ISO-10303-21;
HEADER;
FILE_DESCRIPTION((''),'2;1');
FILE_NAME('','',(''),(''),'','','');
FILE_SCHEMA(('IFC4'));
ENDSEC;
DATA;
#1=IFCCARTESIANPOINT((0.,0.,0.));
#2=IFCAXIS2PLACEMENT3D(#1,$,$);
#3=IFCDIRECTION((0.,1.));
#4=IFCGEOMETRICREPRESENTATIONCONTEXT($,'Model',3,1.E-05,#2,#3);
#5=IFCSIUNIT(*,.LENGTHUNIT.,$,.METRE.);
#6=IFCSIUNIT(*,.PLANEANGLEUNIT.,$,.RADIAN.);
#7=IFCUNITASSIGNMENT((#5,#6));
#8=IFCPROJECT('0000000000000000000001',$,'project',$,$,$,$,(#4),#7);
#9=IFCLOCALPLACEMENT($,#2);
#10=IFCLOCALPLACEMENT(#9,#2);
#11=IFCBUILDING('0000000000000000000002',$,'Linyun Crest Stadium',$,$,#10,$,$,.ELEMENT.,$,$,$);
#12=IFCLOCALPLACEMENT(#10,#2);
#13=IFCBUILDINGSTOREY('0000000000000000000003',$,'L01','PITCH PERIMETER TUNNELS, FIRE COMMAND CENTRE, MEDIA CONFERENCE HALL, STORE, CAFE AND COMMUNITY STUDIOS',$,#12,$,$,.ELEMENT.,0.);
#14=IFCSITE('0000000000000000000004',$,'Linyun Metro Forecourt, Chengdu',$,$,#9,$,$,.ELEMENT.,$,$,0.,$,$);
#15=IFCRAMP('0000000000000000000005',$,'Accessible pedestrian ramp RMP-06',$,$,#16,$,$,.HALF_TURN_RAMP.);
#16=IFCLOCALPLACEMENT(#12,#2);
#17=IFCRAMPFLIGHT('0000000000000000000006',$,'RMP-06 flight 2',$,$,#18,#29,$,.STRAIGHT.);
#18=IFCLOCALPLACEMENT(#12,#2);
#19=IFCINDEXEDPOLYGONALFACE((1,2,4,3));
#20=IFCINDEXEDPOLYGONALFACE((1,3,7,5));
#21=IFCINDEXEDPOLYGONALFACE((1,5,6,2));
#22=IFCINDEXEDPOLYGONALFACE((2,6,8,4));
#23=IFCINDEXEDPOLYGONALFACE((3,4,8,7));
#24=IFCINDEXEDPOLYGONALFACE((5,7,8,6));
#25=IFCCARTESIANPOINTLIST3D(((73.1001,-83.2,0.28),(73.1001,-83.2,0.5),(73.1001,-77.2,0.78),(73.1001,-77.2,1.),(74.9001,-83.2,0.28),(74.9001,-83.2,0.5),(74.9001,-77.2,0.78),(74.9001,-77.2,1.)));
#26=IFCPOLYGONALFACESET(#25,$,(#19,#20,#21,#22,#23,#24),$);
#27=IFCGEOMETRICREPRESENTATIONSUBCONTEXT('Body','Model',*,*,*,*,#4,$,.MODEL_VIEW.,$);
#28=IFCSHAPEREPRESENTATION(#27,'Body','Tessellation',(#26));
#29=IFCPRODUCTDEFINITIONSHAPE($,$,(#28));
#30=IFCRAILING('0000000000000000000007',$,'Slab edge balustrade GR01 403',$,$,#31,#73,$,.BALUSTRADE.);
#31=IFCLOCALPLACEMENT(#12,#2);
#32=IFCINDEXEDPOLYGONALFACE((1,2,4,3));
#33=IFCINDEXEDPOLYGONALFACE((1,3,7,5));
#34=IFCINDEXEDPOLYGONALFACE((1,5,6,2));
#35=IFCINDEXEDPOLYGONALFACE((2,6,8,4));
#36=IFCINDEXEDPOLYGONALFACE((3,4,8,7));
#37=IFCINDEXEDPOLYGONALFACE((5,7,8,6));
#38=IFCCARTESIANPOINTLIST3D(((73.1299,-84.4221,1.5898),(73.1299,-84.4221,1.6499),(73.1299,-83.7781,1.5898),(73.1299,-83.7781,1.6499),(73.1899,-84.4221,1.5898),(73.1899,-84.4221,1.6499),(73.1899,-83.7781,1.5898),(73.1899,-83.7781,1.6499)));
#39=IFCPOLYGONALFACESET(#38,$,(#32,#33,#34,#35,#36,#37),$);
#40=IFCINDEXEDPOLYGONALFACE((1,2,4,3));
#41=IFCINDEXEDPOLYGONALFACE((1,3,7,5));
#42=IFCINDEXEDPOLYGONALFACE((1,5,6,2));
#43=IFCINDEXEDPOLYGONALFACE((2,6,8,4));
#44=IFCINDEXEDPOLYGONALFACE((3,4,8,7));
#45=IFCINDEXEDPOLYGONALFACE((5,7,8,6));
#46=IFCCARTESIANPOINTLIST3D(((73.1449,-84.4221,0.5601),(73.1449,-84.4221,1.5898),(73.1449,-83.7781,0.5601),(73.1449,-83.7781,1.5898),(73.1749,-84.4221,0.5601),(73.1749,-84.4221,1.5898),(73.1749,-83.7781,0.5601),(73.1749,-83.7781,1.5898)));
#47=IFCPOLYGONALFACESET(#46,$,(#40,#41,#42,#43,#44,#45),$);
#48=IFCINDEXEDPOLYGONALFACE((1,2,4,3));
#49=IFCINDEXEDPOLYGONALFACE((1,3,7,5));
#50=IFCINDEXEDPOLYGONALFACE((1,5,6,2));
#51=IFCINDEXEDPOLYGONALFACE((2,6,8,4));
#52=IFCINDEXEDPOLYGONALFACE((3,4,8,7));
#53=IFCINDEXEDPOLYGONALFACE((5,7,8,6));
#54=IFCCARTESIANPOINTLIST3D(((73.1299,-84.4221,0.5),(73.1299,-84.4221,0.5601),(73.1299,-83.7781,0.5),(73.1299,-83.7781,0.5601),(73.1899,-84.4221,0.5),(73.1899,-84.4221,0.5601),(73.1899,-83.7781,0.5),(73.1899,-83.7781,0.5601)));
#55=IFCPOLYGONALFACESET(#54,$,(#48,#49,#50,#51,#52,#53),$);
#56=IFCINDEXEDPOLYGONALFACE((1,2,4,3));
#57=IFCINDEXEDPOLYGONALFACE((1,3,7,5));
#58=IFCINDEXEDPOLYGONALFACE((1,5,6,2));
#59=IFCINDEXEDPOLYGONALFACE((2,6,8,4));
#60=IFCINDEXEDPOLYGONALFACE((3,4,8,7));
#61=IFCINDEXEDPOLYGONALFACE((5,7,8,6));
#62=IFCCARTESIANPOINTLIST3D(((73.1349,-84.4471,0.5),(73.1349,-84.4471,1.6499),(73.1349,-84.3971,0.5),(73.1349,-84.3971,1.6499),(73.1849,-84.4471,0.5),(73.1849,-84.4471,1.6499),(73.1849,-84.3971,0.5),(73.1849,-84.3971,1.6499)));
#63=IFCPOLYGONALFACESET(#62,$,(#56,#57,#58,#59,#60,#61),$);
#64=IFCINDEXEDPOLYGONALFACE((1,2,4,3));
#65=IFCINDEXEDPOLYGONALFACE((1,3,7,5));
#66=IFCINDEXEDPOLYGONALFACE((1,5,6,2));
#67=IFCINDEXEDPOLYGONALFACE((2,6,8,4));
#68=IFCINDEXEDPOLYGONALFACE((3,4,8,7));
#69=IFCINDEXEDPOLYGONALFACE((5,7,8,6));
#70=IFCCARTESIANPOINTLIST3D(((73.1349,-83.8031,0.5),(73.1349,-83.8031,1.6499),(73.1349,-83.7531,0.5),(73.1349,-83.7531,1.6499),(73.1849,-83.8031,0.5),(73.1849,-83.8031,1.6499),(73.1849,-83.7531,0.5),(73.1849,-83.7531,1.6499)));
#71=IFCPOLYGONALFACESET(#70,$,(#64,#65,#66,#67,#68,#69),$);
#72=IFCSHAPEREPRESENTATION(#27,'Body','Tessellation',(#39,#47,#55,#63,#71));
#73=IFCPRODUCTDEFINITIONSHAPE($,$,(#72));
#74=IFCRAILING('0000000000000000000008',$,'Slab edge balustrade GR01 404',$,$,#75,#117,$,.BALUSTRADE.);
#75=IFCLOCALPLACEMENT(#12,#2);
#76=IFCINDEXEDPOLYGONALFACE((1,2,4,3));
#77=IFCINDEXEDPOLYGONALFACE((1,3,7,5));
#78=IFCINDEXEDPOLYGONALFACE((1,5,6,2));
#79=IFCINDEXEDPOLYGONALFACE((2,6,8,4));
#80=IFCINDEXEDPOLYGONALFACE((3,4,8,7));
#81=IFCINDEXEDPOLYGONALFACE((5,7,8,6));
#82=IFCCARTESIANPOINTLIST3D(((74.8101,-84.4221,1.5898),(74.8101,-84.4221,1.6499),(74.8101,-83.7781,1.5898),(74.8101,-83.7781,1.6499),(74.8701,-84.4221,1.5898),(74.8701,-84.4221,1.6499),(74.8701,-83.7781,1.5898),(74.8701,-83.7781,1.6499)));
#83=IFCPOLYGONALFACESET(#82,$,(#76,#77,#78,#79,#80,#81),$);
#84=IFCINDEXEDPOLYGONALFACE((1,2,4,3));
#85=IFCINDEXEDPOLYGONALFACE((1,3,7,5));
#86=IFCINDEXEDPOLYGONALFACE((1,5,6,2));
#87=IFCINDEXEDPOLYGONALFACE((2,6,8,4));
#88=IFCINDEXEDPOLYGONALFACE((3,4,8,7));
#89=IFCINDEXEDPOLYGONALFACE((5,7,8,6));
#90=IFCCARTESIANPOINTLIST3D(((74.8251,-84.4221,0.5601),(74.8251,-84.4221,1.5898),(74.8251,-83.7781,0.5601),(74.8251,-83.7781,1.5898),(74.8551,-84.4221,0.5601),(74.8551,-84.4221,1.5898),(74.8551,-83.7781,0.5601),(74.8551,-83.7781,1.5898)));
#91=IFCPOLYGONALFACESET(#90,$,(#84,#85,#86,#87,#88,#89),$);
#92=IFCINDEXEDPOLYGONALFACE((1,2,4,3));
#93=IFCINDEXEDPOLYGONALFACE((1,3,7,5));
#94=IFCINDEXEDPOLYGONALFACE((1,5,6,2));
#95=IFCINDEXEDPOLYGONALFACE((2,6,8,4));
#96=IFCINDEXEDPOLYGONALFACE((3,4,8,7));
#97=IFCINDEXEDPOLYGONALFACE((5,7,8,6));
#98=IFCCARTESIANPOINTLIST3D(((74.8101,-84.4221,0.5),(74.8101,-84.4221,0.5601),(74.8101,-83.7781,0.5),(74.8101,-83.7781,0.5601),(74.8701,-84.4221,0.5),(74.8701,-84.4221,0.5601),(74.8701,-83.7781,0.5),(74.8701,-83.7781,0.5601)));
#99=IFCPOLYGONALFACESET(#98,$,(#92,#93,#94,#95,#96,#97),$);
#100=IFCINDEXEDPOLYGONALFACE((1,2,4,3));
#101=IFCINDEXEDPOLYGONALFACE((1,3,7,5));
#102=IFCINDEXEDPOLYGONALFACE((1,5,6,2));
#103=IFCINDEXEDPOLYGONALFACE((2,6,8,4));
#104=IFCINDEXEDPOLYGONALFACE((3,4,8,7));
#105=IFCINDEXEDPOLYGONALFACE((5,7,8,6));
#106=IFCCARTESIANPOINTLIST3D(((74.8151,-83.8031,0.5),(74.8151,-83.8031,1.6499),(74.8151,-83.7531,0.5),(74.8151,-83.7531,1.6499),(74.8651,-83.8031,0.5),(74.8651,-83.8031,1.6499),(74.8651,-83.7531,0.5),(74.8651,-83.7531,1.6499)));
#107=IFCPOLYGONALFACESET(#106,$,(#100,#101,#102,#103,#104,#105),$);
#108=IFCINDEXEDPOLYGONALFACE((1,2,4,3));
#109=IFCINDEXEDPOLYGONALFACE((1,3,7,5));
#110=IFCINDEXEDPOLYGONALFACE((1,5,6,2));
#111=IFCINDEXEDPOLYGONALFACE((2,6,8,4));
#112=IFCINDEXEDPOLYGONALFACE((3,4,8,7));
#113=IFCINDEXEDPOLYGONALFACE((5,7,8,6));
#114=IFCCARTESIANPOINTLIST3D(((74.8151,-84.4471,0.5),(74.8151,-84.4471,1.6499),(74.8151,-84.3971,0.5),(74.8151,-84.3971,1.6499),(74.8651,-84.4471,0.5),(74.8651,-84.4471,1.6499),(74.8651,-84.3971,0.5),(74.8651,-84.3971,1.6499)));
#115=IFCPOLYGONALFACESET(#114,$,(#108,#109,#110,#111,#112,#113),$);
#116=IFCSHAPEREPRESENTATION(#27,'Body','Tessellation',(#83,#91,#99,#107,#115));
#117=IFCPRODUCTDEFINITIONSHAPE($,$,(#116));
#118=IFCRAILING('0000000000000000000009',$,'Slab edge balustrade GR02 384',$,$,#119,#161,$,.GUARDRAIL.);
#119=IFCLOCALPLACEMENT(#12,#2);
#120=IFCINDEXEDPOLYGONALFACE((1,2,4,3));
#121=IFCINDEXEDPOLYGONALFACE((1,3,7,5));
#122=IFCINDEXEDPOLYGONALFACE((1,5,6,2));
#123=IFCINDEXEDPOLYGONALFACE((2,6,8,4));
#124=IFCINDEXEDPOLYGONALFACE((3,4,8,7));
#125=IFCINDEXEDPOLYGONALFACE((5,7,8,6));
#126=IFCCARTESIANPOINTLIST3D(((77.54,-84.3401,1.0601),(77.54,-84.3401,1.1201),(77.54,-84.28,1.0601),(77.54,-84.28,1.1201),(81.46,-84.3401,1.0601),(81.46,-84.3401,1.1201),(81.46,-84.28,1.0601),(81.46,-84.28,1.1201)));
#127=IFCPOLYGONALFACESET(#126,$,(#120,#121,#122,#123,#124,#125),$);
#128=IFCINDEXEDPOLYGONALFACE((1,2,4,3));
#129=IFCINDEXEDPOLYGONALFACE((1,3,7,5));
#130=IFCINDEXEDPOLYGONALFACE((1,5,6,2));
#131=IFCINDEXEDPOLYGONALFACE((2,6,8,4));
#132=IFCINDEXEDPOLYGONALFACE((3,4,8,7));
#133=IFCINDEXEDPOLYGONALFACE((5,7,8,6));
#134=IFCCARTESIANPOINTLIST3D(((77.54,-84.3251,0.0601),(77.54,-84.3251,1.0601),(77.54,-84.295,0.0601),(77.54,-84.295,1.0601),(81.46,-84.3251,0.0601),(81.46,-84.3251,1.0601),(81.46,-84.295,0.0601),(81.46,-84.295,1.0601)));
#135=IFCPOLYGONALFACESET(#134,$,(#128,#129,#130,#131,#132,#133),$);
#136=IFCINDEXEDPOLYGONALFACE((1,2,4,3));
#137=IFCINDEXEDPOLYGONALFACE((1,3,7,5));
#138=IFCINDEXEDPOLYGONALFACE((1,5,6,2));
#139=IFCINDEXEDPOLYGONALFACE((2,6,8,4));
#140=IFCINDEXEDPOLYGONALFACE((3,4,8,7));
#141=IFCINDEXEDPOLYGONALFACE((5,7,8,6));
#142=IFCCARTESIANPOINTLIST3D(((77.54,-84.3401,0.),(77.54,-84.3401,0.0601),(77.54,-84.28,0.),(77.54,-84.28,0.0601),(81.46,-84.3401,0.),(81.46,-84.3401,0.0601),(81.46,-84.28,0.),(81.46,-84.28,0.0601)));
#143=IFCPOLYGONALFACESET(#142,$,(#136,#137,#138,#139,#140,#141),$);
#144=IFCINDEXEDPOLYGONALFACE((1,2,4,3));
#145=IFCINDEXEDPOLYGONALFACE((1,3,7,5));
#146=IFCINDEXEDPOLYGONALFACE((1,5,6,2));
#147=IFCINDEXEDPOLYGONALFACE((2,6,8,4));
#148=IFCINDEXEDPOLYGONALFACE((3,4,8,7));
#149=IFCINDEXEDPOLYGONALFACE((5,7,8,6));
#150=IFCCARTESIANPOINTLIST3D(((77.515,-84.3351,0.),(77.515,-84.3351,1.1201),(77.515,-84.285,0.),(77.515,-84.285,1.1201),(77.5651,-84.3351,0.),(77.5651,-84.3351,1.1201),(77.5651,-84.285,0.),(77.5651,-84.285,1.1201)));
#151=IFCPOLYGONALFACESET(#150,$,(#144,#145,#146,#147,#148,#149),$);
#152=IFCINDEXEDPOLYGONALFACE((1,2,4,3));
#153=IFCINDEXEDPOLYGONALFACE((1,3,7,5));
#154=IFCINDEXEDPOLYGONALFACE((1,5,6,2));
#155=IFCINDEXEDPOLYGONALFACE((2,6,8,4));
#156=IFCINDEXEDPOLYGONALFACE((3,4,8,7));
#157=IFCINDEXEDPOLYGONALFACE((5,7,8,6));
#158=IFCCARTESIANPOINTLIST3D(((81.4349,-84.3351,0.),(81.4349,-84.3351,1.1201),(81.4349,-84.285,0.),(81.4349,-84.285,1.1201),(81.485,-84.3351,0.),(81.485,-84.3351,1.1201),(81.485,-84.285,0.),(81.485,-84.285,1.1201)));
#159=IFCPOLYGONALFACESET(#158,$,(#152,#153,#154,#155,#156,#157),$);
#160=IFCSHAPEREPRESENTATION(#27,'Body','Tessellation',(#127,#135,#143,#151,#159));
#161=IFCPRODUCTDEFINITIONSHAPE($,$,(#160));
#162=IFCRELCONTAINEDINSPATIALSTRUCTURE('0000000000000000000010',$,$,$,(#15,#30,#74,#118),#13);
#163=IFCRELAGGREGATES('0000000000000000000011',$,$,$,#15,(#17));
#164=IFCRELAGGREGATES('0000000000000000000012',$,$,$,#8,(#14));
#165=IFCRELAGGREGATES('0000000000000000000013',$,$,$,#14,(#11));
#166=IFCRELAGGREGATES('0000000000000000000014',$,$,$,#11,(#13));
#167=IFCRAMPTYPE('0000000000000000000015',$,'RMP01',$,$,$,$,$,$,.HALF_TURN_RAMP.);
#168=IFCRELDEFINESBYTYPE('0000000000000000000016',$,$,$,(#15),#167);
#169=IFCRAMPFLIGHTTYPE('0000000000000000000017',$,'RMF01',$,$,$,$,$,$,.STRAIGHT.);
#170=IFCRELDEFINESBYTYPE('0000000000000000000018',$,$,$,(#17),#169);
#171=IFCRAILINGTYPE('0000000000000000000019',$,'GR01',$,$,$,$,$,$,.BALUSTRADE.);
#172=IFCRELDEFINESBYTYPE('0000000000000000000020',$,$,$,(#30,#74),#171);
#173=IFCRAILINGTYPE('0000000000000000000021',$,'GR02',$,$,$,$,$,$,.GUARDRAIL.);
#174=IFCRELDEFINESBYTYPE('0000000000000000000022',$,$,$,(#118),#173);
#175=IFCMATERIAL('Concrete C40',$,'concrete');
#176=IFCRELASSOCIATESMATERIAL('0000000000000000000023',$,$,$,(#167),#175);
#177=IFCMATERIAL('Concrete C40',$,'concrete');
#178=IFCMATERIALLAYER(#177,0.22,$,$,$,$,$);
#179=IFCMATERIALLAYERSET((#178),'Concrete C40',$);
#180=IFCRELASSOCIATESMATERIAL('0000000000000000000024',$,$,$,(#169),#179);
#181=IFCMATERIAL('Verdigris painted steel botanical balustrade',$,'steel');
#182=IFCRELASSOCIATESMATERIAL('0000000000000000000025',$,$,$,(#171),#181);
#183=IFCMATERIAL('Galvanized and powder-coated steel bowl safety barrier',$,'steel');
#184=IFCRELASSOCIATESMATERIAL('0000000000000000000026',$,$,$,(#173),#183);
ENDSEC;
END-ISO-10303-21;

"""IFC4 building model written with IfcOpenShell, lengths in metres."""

from ifc_helpers import new_model, si_unit, direction, frame, origin, origin_2d, place, context, subcontext, project, spatial, polyline, rectangle, outline, extrude, material, layer, layer_set, type_object, element, aggregate, save


model = new_model("IFC4")

# Units and contexts
model_context = context("Model", 3, precision=1e-05, world=origin(), true_north=direction((0.0, 1.0)))
body_context = subcontext(model_context, "Body", "Model", "MODEL_VIEW")
ifc_project = project(units=[si_unit("LENGTHUNIT", "METRE"), si_unit("PLANEANGLEUNIT", "RADIAN")], contexts=[model_context])

# Site, building, storey
site_placement = place(None, origin())
site = spatial("IfcSite", under=ifc_project, at=site_placement, Name="Linyun Metro Forecourt, Chengdu", CompositionType="ELEMENT", RefElevation=0.0)
building_placement = place(site_placement, origin())
building = spatial("IfcBuilding", under=site, at=building_placement, Name="Linyun Crest Stadium", CompositionType="ELEMENT")
storey_placement = place(building_placement, origin())
storey = spatial("IfcBuildingStorey", under=building, at=storey_placement, Name="L01", Description="PITCH PERIMETER TUNNELS, FIRE COMMAND CENTRE, MEDIA CONFERENCE HALL, STORE, CAFE AND COMMUNITY STUDIOS", CompositionType="ELEMENT", Elevation=0.0)

# Ramp, ramp flight
ifc_material_1 = material(Name="Concrete C40", Category="concrete")
ramp_type = type_object("IfcRampType", Name="RMP01", PredefinedType="HALF_TURN_RAMP", material=ifc_material_1)
ramp_placement = place(storey_placement, origin())
ramp = element("IfcRamp", 1, at=ramp_placement, inside=storey, type_object=ramp_type, Name="Accessible pedestrian ramp RMP-06", PredefinedType="HALF_TURN_RAMP")
ifc_material_2 = material(Name="Concrete C40", Category="concrete")
ifc_layer_1 = layer(ifc_material_2, 0.22)
ifc_layer_set_1 = layer_set([ifc_layer_1], Name="Concrete C40")
ramp_flight_type = type_object("IfcRampFlightType", Name="RMF01", PredefinedType="STRAIGHT", material=ifc_layer_set_1)
ramp_flight_1_placement = place(storey_placement, frame((74.0, -83.2, 0.5), z_axis=(0.0, 0.0, 1.0), x_axis=(0.0, 1.0, 0.0)))
ramp_flight_1 = element("IfcRampFlight", 2, at=ramp_flight_1_placement, type_object=ramp_flight_type, Name="RMP-06 flight 2", PredefinedType="STRAIGHT", context=body_context, shape_type="SweptSolid", body=[
    extrude(outline(polyline([(0.0, 0.0), (6.0, 0.5), (6.0, 0.28), (0.0, -0.22), (0.0, 0.0)])), frame((0.0, 0.8999, 0.0), z_axis=(0.0, -1.0, 0.0), x_axis=(1.0, 0.0, 0.0)), (0.0, 0.0, 1.0), 1.8),
])
aggregate(ramp, [ramp_flight_1])

# Railings
ifc_material_3 = material(Name="Verdigris painted steel botanical balustrade", Category="steel")
railing_type_1 = type_object("IfcRailingType", Name="GR01", PredefinedType="BALUSTRADE", material=ifc_material_3)
railing_1_placement = place(storey_placement, frame((73.1599, -84.4221, 0.5)))
element("IfcRailing", 3, at=railing_1_placement, inside=storey, type_object=railing_type_1, Name="Slab edge balustrade GR01 403", PredefinedType="BALUSTRADE", context=body_context, shape_type="SweptSolid", body=[
    extrude(rectangle(XDim=0.0601, YDim=0.0601, at=origin_2d()), frame((0.0, 0.0, 1.1199), z_axis=(0.0, 1.0, 0.0), x_axis=(-1.0, 0.0, 0.0)), (0.0, 0.0, 1.0), 0.644),
    extrude(rectangle(XDim=0.03, YDim=1.0298, at=origin_2d()), frame((0.0, 0.0, 0.575), z_axis=(0.0, 1.0, 0.0), x_axis=(-1.0, 0.0, 0.0)), (0.0, 0.0, 1.0), 0.644),
    extrude(rectangle(XDim=0.0601, YDim=0.0601, at=origin_2d()), frame((0.0, 0.0, 0.03), z_axis=(0.0, 1.0, 0.0), x_axis=(-1.0, 0.0, 0.0)), (0.0, 0.0, 1.0), 0.644),
    extrude(rectangle(XDim=0.05, YDim=0.05, at=origin_2d()), origin(), (0.0, 0.0, 1.0), 1.1499),
    extrude(rectangle(XDim=0.05, YDim=0.05, at=origin_2d()), frame((0.0, 0.644, 0.0)), (0.0, 0.0, 1.0), 1.1499),
])
railing_2_placement = place(storey_placement, frame((74.8401, -83.7781, 0.5)))
element("IfcRailing", 4, at=railing_2_placement, inside=storey, type_object=railing_type_1, Name="Slab edge balustrade GR01 404", PredefinedType="BALUSTRADE", context=body_context, shape_type="SweptSolid", body=[
    extrude(rectangle(XDim=0.0601, YDim=0.0601, at=origin_2d()), frame((0.0, 0.0, 1.1199), z_axis=(0.0, -1.0, 0.0), x_axis=(1.0, 0.0, 0.0)), (0.0, 0.0, 1.0), 0.644),
    extrude(rectangle(XDim=0.03, YDim=1.0298, at=origin_2d()), frame((0.0, 0.0, 0.575), z_axis=(0.0, -1.0, 0.0), x_axis=(1.0, 0.0, 0.0)), (0.0, 0.0, 1.0), 0.644),
    extrude(rectangle(XDim=0.0601, YDim=0.0601, at=origin_2d()), frame((0.0, 0.0, 0.03), z_axis=(0.0, -1.0, 0.0), x_axis=(1.0, 0.0, 0.0)), (0.0, 0.0, 1.0), 0.644),
    extrude(rectangle(XDim=0.05, YDim=0.05, at=origin_2d()), origin(), (0.0, 0.0, 1.0), 1.1499),
    extrude(rectangle(XDim=0.05, YDim=0.05, at=origin_2d()), frame((0.0, -0.644, 0.0)), (0.0, 0.0, 1.0), 1.1499),
])
ifc_material_4 = material(Name="Galvanized and powder-coated steel bowl safety barrier", Category="steel")
railing_type_2 = type_object("IfcRailingType", Name="GR02", PredefinedType="GUARDRAIL", material=ifc_material_4)
railing_3_placement = place(storey_placement, frame((77.54, -84.3101, 0.0)))
element("IfcRailing", 5, at=railing_3_placement, inside=storey, type_object=railing_type_2, Name="Slab edge balustrade GR02 384", PredefinedType="GUARDRAIL", context=body_context, shape_type="SweptSolid", body=[
    extrude(rectangle(XDim=0.0601, YDim=0.0601, at=origin_2d()), frame((0.0, 0.0, 1.0901), z_axis=(1.0, 0.0, 0.0), x_axis=(0.0, 1.0, 0.0)), (0.0, 0.0, 1.0), 3.9199),
    extrude(rectangle(XDim=0.03, YDim=1.0, at=origin_2d()), frame((0.0, 0.0, 0.5601), z_axis=(1.0, 0.0, 0.0), x_axis=(0.0, 1.0, 0.0)), (0.0, 0.0, 1.0), 3.9199),
    extrude(rectangle(XDim=0.0601, YDim=0.0601, at=origin_2d()), frame((0.0, 0.0, 0.03), z_axis=(1.0, 0.0, 0.0), x_axis=(0.0, 1.0, 0.0)), (0.0, 0.0, 1.0), 3.9199),
    extrude(rectangle(XDim=0.05, YDim=0.05, at=origin_2d()), origin(), (0.0, 0.0, 1.0), 1.1201),
    extrude(rectangle(XDim=0.05, YDim=0.05, at=origin_2d()), frame((3.9199, 0.0, 0.0)), (0.0, 0.0, 1.0), 1.1201),
])

save(model, "model.ifc")
